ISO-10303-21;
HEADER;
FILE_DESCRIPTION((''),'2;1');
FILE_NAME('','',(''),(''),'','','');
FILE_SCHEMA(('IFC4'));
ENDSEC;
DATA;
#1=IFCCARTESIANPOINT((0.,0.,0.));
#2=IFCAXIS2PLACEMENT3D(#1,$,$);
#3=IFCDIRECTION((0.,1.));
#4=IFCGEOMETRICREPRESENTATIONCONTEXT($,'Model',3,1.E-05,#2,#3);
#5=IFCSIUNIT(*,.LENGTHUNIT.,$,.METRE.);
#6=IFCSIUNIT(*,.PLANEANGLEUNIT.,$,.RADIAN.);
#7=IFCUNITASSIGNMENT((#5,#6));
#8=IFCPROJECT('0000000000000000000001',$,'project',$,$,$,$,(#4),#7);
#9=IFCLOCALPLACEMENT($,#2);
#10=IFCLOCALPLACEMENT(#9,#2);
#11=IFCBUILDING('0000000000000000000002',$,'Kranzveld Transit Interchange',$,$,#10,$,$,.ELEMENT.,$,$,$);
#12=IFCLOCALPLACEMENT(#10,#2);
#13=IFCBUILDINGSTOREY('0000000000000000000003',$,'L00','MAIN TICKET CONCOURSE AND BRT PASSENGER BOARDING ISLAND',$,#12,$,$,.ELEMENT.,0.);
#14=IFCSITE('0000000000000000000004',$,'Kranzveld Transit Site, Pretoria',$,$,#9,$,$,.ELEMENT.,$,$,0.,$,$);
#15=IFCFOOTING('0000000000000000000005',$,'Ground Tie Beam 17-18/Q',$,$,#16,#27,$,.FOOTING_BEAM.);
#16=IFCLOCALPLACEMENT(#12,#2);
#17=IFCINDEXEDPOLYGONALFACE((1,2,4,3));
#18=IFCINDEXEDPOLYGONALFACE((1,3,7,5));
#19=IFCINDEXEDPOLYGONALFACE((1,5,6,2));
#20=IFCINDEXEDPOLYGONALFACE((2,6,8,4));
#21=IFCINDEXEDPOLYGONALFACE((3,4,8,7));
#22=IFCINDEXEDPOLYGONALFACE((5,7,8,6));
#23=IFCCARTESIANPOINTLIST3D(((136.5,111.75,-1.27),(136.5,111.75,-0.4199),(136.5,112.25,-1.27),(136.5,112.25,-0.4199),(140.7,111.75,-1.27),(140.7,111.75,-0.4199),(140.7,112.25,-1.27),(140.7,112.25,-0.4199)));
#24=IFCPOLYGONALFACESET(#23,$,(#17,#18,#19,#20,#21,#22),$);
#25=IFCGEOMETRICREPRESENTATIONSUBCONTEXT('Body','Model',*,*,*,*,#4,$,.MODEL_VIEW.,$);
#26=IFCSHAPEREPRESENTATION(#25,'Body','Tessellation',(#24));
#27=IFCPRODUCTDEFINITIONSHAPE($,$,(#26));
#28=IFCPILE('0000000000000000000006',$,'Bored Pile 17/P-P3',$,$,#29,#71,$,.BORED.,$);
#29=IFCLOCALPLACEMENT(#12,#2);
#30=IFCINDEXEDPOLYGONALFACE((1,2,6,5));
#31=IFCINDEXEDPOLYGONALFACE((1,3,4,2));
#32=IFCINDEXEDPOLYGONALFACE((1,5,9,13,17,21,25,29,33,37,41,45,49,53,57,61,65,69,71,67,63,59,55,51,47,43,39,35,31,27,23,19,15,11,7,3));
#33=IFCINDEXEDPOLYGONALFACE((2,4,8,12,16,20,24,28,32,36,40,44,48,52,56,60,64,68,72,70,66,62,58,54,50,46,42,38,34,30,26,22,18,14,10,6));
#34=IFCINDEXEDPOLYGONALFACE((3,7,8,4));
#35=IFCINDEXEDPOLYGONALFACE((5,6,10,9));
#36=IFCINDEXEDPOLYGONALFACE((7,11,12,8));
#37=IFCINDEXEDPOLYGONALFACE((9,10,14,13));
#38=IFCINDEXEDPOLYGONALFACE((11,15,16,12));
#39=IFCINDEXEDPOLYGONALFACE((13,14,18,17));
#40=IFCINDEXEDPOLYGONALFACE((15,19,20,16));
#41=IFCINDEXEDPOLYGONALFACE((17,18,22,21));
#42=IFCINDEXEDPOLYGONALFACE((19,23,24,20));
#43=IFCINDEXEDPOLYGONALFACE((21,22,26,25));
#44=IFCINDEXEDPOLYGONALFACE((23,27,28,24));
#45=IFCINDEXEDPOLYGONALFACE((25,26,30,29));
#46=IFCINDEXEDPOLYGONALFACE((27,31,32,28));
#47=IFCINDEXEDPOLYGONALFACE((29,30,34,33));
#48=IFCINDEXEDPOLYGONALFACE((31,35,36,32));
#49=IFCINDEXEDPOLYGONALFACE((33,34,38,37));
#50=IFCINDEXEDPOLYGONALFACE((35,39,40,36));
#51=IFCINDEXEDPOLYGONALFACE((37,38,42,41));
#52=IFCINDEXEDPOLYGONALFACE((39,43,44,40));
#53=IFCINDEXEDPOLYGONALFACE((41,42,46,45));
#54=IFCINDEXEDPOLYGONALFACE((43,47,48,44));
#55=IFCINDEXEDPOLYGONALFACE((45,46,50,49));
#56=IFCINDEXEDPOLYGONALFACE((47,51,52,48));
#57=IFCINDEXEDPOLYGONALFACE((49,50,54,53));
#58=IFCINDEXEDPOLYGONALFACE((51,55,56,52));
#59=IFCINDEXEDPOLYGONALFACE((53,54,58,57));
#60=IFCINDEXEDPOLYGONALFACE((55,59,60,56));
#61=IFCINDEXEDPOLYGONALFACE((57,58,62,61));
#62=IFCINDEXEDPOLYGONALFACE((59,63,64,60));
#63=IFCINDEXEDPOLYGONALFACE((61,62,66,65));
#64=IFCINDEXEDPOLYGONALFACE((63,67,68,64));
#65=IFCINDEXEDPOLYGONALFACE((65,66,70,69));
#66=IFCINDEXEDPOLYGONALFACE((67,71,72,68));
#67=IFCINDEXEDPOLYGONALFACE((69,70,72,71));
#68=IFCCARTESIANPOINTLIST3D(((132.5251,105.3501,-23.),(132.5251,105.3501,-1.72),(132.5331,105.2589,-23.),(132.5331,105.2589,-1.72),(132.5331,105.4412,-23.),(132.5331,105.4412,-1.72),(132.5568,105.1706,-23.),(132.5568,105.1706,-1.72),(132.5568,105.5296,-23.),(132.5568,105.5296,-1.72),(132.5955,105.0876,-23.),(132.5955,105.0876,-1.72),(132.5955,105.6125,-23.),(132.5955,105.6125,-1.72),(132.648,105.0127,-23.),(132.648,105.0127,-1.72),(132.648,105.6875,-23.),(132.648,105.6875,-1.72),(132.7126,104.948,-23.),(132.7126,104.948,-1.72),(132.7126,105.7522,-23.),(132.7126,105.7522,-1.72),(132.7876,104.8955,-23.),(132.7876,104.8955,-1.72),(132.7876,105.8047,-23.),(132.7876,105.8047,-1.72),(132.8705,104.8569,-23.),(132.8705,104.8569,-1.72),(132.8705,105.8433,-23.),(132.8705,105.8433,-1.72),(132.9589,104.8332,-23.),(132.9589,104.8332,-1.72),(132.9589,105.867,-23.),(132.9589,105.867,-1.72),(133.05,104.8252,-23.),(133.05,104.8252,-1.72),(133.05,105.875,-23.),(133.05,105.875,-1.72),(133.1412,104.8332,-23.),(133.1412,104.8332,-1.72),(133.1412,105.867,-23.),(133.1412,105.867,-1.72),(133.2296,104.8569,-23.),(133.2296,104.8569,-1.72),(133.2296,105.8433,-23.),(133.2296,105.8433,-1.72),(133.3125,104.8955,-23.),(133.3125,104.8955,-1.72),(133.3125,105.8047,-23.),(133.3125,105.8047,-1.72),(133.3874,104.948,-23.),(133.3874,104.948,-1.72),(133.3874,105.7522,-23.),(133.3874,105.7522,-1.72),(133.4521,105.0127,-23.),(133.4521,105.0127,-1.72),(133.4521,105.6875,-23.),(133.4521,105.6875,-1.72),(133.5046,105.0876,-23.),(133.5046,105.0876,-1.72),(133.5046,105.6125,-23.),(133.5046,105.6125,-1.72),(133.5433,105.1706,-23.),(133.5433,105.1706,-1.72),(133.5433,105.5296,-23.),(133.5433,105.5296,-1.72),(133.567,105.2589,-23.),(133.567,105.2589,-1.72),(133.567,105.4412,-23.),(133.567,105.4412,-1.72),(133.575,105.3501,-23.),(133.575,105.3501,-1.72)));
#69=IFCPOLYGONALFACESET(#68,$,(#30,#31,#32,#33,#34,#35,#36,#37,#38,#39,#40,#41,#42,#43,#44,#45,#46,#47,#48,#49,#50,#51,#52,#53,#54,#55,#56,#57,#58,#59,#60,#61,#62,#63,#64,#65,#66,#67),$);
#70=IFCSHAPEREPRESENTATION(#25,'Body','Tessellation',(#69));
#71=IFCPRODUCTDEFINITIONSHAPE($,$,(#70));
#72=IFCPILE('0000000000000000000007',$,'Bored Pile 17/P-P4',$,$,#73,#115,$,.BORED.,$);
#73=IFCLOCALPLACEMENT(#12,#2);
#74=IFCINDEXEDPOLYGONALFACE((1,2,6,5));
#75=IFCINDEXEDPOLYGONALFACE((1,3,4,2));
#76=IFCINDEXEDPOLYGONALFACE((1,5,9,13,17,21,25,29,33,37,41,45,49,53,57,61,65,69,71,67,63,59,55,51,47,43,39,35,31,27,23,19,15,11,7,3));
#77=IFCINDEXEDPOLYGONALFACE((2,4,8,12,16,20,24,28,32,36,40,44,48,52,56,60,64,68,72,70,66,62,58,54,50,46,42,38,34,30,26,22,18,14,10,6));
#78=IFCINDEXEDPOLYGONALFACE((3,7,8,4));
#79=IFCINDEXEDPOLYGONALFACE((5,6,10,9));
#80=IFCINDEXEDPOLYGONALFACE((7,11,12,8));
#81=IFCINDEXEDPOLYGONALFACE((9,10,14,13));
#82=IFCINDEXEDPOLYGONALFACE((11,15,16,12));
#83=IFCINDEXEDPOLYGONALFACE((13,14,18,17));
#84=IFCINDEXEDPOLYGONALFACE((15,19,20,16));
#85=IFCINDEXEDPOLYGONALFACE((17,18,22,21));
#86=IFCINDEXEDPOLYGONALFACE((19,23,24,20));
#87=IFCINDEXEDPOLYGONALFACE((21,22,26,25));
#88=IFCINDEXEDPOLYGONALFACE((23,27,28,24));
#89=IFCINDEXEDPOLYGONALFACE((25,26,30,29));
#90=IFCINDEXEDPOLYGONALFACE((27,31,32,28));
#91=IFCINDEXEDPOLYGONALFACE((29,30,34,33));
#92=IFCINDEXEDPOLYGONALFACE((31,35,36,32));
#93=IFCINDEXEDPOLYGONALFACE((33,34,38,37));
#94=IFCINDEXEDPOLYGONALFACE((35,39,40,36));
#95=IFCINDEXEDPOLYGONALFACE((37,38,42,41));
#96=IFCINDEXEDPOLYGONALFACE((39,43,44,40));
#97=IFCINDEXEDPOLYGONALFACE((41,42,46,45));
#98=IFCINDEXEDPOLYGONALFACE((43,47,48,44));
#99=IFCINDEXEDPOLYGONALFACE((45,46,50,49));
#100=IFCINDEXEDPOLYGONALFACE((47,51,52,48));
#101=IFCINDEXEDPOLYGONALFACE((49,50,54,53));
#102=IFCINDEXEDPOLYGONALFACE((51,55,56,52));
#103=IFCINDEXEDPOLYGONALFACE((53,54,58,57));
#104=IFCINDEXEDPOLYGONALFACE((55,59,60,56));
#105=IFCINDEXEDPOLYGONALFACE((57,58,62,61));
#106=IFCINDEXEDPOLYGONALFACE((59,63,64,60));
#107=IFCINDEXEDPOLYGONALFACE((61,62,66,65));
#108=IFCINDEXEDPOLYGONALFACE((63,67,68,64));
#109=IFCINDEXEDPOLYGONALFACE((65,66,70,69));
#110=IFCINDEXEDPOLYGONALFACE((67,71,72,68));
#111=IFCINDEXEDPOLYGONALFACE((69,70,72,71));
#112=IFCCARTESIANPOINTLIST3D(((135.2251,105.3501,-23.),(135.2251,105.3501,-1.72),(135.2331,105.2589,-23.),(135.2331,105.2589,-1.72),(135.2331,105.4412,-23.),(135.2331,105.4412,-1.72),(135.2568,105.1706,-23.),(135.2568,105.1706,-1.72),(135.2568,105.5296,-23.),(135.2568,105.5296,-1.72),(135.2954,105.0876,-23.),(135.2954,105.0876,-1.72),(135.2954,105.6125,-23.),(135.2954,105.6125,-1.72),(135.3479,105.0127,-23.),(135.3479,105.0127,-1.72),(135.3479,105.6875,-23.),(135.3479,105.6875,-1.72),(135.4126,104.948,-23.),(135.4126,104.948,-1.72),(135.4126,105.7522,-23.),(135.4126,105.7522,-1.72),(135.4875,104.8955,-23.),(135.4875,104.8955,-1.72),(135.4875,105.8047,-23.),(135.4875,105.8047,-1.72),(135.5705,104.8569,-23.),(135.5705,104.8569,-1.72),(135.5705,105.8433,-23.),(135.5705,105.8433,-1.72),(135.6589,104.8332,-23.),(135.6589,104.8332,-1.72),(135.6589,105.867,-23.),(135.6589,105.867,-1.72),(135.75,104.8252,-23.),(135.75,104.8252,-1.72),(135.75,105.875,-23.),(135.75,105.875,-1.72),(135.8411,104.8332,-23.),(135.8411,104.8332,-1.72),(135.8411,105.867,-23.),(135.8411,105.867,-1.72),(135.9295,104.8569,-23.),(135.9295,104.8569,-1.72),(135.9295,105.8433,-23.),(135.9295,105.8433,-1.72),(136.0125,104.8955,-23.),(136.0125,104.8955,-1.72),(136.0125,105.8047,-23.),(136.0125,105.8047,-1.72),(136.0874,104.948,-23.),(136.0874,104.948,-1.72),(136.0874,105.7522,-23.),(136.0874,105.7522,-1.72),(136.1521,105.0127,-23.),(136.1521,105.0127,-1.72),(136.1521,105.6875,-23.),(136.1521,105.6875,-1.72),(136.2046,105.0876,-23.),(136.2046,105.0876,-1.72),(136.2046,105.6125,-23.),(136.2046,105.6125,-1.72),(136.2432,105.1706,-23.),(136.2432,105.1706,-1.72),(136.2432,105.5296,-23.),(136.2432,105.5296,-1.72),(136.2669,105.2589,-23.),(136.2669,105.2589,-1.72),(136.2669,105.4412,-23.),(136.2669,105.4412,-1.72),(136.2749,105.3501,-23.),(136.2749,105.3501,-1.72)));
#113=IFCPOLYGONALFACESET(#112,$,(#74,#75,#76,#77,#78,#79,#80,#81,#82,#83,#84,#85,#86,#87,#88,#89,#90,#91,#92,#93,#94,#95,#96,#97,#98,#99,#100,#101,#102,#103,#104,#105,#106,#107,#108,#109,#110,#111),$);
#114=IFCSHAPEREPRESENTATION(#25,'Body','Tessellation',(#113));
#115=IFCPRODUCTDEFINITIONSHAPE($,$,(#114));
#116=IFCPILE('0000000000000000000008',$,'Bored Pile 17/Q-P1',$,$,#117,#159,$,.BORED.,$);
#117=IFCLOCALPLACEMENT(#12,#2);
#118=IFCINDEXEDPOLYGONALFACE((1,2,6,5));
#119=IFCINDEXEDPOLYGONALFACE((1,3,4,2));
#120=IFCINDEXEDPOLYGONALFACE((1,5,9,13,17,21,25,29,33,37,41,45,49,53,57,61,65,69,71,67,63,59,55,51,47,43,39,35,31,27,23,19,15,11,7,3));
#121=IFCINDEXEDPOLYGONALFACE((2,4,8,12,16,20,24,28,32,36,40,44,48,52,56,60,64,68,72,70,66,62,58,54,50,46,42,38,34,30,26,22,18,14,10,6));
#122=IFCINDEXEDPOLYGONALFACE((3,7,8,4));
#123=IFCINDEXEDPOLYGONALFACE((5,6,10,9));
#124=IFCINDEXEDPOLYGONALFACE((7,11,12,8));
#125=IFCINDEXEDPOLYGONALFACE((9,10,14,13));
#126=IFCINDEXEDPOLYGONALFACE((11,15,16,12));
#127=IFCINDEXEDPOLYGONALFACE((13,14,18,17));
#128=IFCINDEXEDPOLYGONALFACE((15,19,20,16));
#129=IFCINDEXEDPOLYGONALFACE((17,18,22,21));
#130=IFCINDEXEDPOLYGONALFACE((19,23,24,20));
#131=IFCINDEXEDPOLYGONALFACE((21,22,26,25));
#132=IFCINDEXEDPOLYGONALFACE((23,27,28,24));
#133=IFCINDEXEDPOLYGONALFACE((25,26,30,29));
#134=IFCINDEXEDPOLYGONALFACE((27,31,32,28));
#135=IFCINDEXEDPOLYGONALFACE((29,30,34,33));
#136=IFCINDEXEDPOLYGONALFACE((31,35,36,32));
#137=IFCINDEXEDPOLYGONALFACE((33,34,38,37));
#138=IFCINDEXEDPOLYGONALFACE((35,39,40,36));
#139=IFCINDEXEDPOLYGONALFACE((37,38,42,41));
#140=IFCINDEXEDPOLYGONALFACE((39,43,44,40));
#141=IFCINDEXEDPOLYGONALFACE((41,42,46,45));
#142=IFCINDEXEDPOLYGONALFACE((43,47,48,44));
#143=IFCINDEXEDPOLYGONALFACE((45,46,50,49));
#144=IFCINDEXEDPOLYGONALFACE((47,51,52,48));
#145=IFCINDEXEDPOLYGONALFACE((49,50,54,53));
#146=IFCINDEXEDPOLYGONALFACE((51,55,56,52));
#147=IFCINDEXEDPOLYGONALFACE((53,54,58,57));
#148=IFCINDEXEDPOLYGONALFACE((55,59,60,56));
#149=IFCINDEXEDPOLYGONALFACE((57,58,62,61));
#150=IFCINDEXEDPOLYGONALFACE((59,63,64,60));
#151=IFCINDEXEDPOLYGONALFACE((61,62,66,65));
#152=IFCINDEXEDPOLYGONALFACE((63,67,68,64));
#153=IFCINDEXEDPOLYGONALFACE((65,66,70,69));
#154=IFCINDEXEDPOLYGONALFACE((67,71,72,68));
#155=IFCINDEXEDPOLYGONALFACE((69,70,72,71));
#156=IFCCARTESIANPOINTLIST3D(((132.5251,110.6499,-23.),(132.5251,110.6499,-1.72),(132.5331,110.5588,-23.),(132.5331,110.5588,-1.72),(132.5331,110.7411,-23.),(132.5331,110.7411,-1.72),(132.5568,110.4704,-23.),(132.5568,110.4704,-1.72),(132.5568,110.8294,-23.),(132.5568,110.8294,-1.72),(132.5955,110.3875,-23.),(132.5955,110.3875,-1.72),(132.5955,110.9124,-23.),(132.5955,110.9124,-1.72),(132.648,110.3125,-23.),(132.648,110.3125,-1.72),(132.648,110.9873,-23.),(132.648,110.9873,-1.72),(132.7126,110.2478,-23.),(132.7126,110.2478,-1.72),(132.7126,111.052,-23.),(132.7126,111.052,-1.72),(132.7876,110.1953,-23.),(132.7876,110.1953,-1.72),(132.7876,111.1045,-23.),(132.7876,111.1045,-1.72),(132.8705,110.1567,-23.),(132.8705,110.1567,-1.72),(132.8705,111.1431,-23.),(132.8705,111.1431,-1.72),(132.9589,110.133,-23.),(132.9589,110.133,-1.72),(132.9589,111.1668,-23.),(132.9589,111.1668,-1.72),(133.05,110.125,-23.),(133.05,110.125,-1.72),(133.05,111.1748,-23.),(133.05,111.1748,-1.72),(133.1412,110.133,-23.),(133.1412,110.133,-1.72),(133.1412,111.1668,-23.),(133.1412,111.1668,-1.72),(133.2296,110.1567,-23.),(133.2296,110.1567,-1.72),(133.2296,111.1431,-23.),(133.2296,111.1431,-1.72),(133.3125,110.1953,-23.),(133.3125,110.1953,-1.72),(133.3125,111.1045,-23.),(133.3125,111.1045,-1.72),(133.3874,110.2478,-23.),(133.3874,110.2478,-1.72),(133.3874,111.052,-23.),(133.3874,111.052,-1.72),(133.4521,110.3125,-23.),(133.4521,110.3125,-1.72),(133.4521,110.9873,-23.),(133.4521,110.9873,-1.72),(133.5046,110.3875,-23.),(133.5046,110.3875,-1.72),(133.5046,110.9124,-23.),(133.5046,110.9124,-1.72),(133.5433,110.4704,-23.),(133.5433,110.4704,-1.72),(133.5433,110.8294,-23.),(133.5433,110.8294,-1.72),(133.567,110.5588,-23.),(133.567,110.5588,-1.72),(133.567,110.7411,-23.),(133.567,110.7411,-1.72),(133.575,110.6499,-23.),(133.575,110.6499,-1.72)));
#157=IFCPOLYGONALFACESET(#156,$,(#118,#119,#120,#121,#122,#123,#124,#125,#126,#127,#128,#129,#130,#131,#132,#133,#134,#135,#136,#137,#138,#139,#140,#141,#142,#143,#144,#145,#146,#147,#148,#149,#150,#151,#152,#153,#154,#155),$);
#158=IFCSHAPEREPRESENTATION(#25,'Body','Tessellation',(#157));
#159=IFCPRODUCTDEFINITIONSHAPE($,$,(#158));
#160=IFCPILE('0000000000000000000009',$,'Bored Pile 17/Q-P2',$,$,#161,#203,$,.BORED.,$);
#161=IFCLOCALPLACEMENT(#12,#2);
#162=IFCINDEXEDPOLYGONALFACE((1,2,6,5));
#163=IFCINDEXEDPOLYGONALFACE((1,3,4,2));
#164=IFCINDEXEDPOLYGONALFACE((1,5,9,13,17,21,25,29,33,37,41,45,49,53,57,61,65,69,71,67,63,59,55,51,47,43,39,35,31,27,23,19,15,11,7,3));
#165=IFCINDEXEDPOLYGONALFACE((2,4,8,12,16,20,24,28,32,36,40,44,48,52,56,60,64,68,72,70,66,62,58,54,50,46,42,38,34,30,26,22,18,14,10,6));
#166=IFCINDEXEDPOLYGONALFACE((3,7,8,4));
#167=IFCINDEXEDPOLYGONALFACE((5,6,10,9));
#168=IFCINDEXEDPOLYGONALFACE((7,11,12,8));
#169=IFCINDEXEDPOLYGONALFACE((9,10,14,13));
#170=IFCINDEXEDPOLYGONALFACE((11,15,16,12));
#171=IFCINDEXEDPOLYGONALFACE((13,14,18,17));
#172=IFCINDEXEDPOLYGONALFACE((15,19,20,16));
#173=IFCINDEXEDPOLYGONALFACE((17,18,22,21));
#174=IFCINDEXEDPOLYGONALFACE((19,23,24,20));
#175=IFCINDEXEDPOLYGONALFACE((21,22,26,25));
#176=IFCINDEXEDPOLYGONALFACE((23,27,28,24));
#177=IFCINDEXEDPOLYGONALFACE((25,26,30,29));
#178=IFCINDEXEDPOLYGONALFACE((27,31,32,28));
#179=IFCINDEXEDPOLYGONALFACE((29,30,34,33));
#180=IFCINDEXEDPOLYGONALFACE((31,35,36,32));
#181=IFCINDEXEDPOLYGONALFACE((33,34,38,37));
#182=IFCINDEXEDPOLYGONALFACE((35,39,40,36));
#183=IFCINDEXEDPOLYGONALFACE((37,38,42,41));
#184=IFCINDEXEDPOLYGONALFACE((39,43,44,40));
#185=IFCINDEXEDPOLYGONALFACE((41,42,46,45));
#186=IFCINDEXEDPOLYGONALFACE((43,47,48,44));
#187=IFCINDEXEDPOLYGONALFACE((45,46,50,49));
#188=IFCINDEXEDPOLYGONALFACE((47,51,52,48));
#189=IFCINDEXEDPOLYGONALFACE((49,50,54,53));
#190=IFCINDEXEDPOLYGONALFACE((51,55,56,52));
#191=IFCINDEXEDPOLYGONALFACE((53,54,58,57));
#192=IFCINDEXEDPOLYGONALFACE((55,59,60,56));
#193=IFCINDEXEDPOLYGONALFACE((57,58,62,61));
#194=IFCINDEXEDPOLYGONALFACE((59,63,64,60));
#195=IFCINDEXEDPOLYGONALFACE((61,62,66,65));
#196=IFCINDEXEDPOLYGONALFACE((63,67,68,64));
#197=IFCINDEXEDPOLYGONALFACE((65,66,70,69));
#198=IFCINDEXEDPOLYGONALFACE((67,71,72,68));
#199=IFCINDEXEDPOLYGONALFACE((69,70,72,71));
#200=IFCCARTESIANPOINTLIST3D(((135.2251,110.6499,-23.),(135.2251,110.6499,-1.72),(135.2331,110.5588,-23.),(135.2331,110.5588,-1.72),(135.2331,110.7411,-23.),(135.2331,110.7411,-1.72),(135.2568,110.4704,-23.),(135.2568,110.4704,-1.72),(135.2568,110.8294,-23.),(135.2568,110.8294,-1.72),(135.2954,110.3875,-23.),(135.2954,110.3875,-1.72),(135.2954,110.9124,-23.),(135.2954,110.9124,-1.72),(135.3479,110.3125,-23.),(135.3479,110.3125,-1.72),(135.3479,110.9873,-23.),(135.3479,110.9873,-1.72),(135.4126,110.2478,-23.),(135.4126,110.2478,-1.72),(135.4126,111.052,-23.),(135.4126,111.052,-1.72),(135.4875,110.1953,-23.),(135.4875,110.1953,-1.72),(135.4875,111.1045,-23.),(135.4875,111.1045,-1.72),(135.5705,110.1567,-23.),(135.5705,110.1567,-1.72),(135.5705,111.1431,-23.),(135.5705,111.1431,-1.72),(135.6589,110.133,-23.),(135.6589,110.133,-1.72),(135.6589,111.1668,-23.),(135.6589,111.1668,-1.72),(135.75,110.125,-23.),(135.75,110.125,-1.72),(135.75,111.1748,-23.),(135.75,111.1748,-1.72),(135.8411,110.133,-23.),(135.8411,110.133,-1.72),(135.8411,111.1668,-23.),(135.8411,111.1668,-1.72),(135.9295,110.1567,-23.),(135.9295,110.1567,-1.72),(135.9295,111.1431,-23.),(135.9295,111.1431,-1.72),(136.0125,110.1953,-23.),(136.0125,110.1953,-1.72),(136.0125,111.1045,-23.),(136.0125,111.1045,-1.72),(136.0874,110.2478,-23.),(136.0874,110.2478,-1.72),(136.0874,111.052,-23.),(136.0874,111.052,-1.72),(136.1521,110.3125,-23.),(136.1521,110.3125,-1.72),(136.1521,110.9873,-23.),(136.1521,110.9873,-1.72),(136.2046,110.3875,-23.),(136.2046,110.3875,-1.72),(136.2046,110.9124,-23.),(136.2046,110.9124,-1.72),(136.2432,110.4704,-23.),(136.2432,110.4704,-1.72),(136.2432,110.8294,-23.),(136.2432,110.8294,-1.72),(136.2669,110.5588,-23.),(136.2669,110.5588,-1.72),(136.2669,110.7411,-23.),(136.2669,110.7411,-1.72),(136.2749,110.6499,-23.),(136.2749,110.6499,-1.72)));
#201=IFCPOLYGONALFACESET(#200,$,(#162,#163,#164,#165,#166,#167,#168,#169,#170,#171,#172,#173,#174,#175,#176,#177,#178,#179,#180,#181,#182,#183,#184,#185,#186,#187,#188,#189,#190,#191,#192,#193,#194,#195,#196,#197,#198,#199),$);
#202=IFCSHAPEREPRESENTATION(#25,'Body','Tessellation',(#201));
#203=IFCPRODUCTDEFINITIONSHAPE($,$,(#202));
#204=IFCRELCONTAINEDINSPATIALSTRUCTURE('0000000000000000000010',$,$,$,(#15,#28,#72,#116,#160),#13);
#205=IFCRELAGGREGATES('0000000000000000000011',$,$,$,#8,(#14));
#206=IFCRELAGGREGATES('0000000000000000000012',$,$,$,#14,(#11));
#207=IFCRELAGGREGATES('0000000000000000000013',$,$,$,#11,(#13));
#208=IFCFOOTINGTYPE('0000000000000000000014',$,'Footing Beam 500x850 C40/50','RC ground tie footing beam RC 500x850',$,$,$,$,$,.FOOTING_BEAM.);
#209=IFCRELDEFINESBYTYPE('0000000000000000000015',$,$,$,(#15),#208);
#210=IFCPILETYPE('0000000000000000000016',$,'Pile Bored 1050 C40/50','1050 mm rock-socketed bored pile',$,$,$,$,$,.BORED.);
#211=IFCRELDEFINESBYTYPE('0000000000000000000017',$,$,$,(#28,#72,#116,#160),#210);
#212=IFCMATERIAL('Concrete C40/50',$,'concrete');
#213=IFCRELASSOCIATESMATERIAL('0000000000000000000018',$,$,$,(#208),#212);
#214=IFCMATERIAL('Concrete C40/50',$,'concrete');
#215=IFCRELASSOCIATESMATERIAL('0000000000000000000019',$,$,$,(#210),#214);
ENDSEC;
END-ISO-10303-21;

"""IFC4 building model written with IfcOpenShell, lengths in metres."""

from ifc_helpers import new_model, si_unit, direction, frame, origin, origin_2d, place, context, subcontext, project, spatial, rectangle, circle, extrude, material, material_profile, profile_set, type_object, element, save


model = new_model("IFC4")

# Units and contexts
model_context = context("Model", 3, precision=1e-05, world=origin(), true_north=direction((0.0, 1.0)))
body_context = subcontext(model_context, "Body", "Model", "MODEL_VIEW")
ifc_project = project(units=[si_unit("LENGTHUNIT", "METRE"), si_unit("PLANEANGLEUNIT", "RADIAN")], contexts=[model_context])

# Site, building, storey
site_placement = place(None, origin())
site = spatial("IfcSite", under=ifc_project, at=site_placement, Name="Kranzveld Transit Site, Pretoria", CompositionType="ELEMENT", RefElevation=0.0)
building_placement = place(site_placement, origin())
building = spatial("IfcBuilding", under=site, at=building_placement, Name="Kranzveld Transit Interchange", CompositionType="ELEMENT")
storey_placement = place(building_placement, origin())
storey = spatial("IfcBuildingStorey", under=building, at=storey_placement, Name="L00", Description="MAIN TICKET CONCOURSE AND BRT PASSENGER BOARDING ISLAND", CompositionType="ELEMENT", Elevation=0.0)

# Footing
ifc_material_1 = material(Name="Concrete C40/50", Category="concrete")
ifc_material_profile_1 = material_profile(ifc_material_1, rectangle(XDim=0.5, YDim=0.8501, at=origin_2d()), Name="RC 500x850")
ifc_profile_set_1 = profile_set([ifc_material_profile_1], Name="Concrete C40/50")
footing_type_1 = type_object("IfcFootingType", Name="Footing Beam 500x850 C40/50", Description="RC ground tie footing beam RC 500x850", PredefinedType="FOOTING_BEAM", material=ifc_profile_set_1)
footing_placement = place(storey_placement, frame((136.5, 112.0, -0.845), z_axis=(1.0, 0.0, 0.0), x_axis=(0.0, 1.0, 0.0)))
element("IfcFooting", 1, at=footing_placement, inside=storey, type_object=footing_type_1, Name="Ground Tie Beam 17-18/Q", PredefinedType="FOOTING_BEAM", context=body_context, shape_type="SweptSolid", body=[
    extrude(rectangle(XDim=0.5, YDim=0.8501, at=origin_2d()), origin(), (0.0, 0.0, 1.0), 4.2),
])

# Piles
ifc_material_2 = material(Name="Concrete C40/50", Category="concrete")
ifc_material_profile_2 = material_profile(ifc_material_2, circle(Radius=0.5249, at=origin_2d()), Name="BORED PILE 1050")
ifc_profile_set_2 = profile_set([ifc_material_profile_2], Name="Concrete C40/50")
pile_type = type_object("IfcPileType", Name="Pile Bored 1050 C40/50", Description="1050 mm rock-socketed bored pile", PredefinedType="BORED", material=ifc_profile_set_2)
for number, where, z_axis, x_axis, name in (
    (2, (133.05, 105.3501, -1.72), (0.0, 0.0, -1.0), (1.0, 0.0, 0.0), "Bored Pile 17/P-P3"),
    (3, (135.75, 105.3501, -1.72), (0.0, 0.0, -1.0), (1.0, 0.0, 0.0), "Bored Pile 17/P-P4"),
    (4, (133.05, 110.6499, -1.72), (0.0, 0.0, -1.0), (1.0, 0.0, 0.0), "Bored Pile 17/Q-P1"),
    (5, (135.75, 110.6499, -1.72), (0.0, 0.0, -1.0), (1.0, 0.0, 0.0), "Bored Pile 17/Q-P2"),
):
    element("IfcPile", number, at=place(storey_placement, frame(where, z_axis=z_axis, x_axis=x_axis)), inside=storey, type_object=pile_type, Name=name, PredefinedType="BORED", context=body_context, shape_type="SweptSolid", body=[
        extrude(circle(Radius=0.5249, at=origin_2d()), origin(), (0.0, 0.0, 1.0), 21.28),
    ])

save(model, "model.ifc")
